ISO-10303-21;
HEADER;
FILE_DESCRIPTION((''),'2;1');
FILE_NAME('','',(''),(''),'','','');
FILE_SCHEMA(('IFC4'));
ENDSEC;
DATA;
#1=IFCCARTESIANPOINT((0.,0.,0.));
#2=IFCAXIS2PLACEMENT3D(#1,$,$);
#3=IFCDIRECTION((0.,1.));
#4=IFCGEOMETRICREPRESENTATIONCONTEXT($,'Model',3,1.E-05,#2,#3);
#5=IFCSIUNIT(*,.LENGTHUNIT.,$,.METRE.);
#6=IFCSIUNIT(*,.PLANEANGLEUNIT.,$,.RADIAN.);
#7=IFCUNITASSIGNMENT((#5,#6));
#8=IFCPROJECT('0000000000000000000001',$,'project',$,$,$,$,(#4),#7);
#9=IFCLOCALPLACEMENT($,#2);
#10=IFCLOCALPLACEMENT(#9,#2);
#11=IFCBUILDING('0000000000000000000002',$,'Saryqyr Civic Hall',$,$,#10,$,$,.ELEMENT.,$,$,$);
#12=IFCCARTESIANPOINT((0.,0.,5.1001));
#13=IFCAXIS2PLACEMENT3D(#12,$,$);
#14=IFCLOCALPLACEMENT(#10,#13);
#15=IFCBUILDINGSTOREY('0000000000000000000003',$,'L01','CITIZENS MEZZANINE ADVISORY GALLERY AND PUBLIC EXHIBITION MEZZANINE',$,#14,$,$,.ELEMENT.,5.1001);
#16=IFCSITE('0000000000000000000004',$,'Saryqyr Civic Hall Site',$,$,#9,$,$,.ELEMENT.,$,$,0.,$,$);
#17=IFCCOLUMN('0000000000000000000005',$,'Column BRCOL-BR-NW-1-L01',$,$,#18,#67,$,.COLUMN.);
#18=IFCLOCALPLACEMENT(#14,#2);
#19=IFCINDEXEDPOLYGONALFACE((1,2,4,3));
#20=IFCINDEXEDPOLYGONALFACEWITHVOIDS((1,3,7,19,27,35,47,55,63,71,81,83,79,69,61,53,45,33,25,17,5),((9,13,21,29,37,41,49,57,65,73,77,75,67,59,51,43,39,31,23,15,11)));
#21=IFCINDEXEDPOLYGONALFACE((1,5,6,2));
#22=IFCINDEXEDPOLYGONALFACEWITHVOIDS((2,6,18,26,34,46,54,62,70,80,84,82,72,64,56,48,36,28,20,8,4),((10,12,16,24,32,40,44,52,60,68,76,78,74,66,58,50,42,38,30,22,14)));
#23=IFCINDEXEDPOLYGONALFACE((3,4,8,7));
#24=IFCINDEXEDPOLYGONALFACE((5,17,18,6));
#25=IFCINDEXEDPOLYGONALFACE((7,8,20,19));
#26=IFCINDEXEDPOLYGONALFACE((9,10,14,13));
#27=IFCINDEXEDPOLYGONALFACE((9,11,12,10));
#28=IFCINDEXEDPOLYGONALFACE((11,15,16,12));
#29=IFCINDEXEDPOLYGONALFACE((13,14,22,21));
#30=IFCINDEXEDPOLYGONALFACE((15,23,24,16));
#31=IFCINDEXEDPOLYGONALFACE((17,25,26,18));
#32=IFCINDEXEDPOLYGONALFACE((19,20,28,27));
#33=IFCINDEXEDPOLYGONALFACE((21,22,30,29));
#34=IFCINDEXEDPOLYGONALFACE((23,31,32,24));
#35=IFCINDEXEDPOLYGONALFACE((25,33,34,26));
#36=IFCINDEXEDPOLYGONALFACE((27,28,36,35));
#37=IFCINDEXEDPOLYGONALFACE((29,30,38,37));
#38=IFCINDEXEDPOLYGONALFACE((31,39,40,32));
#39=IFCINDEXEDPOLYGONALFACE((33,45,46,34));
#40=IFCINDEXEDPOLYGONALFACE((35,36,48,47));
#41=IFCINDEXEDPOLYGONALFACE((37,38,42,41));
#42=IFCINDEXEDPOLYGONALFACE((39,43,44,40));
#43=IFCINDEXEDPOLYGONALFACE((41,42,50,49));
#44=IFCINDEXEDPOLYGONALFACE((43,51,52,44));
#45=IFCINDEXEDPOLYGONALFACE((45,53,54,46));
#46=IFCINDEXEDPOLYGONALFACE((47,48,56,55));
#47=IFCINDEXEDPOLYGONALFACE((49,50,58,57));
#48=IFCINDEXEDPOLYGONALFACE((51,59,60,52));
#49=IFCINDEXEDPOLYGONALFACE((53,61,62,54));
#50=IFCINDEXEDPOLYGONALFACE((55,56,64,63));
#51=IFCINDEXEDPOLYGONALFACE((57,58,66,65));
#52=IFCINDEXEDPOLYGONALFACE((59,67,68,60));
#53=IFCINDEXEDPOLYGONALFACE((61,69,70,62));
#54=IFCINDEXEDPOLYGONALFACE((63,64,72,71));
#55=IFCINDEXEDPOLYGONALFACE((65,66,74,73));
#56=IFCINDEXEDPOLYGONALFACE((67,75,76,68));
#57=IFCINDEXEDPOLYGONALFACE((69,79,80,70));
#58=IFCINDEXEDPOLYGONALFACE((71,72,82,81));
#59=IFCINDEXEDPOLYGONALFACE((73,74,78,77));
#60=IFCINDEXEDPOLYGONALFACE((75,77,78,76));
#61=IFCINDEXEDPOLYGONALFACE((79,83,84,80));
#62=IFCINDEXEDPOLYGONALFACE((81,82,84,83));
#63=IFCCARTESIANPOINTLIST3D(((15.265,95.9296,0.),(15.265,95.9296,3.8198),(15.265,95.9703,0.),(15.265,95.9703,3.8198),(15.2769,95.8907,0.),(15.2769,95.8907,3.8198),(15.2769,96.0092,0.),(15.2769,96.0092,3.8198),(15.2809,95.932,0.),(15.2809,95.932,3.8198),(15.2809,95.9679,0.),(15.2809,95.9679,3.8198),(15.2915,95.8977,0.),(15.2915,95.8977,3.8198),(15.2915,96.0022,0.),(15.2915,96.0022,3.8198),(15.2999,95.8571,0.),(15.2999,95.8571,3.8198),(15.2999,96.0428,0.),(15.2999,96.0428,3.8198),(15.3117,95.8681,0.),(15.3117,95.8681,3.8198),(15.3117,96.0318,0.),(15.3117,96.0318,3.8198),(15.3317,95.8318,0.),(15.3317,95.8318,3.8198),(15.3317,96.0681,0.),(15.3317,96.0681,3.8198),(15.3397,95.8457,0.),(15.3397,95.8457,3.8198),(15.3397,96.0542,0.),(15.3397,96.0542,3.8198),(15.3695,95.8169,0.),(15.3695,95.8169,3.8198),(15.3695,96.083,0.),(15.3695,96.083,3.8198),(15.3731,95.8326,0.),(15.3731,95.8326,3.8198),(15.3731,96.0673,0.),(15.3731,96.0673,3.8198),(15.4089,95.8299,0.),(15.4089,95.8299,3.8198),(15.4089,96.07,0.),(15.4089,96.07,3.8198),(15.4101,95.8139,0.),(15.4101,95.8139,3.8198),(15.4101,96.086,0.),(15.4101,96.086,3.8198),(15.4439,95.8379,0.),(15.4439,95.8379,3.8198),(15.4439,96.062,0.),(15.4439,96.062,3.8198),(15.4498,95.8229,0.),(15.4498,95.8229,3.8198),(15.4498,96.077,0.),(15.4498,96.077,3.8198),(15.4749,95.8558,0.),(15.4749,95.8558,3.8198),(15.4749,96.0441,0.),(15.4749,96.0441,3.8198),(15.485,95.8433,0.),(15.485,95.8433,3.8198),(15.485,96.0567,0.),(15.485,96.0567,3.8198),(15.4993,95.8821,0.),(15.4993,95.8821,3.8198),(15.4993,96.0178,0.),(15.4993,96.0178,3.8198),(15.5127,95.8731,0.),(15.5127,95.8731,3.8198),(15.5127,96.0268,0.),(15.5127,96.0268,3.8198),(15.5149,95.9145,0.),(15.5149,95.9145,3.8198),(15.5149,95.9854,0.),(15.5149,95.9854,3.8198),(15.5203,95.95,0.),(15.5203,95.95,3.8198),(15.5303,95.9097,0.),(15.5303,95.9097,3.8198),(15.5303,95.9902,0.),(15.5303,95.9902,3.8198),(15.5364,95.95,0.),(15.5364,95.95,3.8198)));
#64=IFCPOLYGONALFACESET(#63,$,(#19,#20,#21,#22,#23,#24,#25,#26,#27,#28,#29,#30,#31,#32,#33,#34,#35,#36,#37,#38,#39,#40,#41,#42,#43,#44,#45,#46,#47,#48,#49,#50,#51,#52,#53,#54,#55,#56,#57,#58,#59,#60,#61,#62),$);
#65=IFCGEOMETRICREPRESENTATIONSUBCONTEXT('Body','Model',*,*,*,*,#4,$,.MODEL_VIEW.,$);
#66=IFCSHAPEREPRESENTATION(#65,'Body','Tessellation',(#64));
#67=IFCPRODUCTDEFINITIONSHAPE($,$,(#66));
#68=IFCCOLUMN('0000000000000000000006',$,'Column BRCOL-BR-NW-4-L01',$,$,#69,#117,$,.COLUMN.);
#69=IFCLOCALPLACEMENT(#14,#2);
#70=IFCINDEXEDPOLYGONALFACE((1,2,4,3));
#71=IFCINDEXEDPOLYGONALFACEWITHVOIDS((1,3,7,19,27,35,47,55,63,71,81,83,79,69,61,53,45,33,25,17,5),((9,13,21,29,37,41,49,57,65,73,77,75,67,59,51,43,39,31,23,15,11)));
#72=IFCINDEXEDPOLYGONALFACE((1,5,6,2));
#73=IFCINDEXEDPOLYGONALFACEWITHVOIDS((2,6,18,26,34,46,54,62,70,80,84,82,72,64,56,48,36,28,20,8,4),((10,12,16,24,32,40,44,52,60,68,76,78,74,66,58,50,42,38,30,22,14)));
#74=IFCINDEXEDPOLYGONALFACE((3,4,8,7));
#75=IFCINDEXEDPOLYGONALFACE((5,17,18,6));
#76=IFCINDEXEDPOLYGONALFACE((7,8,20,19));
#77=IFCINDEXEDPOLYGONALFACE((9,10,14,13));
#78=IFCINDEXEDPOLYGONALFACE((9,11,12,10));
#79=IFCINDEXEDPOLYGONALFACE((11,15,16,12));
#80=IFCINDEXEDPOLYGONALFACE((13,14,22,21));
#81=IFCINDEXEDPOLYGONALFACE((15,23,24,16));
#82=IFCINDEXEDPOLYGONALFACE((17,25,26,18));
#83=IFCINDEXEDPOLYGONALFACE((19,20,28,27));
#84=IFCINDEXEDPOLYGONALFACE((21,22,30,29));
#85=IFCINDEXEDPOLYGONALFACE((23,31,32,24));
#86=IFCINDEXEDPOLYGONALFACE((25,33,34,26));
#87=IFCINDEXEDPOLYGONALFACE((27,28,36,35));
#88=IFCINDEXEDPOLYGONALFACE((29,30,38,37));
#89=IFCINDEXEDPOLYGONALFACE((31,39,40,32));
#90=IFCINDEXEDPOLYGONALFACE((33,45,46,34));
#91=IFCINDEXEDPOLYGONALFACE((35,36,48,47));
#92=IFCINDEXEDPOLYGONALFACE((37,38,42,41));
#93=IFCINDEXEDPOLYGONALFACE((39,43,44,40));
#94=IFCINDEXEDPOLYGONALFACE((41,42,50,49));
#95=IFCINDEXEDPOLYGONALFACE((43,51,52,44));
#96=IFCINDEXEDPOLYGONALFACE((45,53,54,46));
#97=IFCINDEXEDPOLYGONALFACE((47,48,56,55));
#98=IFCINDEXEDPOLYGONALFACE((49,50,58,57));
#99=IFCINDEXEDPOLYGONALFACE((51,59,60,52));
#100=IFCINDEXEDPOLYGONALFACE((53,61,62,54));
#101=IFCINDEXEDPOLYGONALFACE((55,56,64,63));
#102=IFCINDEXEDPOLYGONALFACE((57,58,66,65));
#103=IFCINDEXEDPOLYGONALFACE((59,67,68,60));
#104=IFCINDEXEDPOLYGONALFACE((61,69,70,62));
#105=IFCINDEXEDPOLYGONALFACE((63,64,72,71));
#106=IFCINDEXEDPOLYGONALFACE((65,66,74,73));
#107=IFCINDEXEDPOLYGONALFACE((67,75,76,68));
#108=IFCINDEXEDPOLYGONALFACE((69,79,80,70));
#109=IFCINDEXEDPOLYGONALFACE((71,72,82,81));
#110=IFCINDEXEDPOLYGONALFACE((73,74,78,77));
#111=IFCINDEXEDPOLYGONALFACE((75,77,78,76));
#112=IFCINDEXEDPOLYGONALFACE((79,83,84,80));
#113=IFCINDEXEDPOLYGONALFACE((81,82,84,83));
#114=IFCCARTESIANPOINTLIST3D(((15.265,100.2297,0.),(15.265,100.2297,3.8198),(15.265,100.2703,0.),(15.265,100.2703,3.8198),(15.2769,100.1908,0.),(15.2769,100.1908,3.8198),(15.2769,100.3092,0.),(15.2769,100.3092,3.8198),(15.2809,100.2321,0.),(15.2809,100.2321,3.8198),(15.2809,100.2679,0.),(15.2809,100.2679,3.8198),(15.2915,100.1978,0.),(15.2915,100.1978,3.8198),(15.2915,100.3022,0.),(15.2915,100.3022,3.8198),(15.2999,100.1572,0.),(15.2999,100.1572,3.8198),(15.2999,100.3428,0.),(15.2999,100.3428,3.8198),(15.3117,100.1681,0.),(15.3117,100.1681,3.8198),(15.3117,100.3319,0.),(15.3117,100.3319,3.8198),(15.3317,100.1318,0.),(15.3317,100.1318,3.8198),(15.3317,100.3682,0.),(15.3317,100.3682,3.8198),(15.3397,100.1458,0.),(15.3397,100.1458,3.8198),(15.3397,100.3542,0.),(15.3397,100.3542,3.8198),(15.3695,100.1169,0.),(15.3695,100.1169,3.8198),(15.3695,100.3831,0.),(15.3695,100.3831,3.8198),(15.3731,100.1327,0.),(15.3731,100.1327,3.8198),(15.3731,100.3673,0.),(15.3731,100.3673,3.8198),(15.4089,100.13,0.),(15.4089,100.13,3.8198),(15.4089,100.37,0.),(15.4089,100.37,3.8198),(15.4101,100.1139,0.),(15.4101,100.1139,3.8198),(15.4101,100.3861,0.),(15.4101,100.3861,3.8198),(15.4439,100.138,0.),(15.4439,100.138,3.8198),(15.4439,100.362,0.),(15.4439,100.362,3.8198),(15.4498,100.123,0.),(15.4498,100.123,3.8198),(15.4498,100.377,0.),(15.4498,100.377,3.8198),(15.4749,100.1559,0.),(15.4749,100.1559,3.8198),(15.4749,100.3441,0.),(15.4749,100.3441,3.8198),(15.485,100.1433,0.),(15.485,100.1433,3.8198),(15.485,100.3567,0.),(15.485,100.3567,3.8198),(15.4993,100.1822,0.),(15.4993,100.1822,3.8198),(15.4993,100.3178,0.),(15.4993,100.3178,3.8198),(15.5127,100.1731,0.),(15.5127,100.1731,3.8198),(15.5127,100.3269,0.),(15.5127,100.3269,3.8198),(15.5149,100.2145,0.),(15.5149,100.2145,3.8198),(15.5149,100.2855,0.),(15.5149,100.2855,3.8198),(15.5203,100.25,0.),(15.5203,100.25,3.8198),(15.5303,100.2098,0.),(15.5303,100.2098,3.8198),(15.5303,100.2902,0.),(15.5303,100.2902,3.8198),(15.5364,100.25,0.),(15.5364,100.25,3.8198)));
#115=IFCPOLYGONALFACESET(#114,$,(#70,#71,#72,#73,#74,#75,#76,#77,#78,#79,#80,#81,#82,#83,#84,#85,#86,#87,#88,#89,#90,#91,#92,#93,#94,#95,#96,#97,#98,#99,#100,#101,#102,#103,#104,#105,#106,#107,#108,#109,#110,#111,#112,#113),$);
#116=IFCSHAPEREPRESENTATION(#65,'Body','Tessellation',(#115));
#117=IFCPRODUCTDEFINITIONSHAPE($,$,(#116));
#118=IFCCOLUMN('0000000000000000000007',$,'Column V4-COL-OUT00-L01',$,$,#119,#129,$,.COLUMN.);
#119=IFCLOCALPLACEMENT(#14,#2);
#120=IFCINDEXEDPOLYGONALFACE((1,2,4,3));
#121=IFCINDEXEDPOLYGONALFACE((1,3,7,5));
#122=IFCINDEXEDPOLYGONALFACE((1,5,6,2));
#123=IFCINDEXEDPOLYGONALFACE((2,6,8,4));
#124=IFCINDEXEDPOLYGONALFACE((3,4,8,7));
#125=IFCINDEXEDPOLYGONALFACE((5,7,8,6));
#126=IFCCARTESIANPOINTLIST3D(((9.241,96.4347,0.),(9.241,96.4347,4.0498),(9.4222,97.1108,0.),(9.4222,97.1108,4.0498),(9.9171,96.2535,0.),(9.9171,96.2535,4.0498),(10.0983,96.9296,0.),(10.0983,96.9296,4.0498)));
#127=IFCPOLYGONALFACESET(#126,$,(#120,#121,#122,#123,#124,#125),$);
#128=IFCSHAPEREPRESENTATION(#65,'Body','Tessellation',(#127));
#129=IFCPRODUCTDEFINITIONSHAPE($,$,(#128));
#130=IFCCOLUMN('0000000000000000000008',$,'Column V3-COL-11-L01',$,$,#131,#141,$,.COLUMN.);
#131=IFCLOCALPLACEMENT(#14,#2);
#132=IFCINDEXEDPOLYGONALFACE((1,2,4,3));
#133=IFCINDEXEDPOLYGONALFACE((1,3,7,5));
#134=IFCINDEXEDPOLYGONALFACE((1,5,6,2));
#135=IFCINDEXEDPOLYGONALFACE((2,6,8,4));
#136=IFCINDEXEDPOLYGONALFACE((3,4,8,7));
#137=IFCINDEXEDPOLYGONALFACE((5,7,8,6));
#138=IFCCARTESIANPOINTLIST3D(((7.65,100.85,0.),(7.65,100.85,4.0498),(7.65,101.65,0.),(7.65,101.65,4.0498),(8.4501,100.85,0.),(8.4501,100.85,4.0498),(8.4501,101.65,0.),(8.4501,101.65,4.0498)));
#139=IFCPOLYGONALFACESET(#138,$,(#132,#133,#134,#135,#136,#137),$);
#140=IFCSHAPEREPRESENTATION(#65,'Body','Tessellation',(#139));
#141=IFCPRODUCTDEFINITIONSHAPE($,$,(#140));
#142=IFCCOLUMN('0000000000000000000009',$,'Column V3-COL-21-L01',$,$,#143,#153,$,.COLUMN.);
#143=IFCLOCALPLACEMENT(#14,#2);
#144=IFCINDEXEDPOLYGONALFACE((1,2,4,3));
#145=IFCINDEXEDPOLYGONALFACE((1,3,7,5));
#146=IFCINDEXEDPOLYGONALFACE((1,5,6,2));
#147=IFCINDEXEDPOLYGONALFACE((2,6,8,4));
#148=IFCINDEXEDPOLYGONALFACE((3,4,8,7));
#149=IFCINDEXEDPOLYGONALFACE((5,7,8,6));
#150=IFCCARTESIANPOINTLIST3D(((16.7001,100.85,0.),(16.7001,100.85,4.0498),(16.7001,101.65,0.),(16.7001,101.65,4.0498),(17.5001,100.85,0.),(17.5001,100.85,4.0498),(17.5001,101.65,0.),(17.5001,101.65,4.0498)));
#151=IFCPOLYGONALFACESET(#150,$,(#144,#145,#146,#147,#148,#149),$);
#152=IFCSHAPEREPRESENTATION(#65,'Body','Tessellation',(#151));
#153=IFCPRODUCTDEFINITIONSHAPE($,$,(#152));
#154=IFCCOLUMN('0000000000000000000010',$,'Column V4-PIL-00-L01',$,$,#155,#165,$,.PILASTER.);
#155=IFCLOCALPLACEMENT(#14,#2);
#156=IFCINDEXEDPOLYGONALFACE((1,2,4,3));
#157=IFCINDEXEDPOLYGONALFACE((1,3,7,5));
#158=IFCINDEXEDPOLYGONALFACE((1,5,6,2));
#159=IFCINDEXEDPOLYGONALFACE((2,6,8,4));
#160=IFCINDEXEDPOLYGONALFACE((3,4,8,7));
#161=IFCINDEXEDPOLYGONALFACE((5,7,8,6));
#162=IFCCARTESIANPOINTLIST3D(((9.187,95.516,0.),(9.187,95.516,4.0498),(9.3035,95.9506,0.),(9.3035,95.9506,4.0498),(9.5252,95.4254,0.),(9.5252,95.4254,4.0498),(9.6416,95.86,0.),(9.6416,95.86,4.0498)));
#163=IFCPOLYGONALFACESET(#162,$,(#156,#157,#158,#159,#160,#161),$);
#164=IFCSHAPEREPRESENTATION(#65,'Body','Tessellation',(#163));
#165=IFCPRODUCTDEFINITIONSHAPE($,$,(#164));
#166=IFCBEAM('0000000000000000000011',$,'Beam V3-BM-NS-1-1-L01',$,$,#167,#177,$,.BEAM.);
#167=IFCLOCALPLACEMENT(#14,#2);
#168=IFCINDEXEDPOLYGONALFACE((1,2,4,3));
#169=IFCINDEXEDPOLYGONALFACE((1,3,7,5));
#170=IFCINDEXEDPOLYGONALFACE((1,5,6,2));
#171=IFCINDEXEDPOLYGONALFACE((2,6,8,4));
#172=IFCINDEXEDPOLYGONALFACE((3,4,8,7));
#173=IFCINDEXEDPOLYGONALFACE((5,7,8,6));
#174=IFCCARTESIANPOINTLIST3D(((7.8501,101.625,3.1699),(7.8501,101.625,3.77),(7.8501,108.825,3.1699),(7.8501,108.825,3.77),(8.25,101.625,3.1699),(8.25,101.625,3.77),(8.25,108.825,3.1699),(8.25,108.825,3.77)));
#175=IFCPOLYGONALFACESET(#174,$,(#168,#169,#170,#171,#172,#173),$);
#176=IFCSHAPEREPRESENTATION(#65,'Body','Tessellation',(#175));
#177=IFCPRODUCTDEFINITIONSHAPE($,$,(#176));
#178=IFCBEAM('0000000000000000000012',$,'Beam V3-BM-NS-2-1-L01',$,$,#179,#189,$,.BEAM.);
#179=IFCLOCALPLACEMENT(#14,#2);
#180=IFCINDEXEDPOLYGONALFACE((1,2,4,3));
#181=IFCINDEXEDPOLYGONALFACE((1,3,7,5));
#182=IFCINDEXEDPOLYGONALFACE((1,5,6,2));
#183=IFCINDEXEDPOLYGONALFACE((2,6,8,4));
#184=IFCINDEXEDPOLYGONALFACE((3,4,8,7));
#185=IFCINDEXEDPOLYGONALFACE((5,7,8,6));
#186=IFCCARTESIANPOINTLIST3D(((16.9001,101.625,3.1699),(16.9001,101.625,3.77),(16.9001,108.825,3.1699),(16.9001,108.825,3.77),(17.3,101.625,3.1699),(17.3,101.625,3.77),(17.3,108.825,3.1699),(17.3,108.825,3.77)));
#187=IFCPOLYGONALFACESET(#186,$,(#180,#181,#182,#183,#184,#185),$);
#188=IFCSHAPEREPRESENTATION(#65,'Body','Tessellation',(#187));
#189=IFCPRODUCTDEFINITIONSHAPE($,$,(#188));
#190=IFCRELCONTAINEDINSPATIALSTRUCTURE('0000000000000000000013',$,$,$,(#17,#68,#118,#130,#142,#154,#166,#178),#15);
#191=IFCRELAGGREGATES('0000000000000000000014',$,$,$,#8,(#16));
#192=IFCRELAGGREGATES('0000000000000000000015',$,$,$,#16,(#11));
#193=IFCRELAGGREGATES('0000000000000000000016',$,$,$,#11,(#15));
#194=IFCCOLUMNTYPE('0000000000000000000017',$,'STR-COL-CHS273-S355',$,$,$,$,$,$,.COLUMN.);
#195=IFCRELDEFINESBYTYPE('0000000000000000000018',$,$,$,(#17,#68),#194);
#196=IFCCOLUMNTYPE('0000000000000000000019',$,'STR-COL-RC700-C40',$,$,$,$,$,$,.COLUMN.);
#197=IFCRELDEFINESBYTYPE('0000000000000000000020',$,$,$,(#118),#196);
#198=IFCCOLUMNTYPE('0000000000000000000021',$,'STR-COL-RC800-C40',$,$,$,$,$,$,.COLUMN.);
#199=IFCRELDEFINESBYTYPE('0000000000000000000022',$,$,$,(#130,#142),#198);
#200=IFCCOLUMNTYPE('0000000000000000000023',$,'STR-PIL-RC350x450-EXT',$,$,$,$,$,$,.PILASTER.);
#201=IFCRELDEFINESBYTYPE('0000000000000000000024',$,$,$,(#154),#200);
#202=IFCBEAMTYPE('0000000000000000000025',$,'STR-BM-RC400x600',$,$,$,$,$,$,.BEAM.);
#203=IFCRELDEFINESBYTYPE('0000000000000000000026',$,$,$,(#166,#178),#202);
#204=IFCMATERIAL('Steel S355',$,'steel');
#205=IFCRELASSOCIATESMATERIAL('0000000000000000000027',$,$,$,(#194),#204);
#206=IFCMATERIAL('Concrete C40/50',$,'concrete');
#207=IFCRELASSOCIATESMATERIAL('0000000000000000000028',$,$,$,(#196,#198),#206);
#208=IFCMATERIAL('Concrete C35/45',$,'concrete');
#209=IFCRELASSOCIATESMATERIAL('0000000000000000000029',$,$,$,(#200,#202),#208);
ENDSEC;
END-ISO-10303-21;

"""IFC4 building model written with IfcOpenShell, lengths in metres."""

from ifc_helpers import new_model, si_unit, direction, frame, origin, origin_2d, place, context, subcontext, project, spatial, rectangle, hollow_circle, extrude, material, material_profile, profile_set, type_object, element, save


model = new_model("IFC4")

# Units and contexts
model_context = context("Model", 3, precision=1e-05, world=origin(), true_north=direction((0.0, 1.0)))
body_context = subcontext(model_context, "Body", "Model", "MODEL_VIEW")
ifc_project = project(units=[si_unit("LENGTHUNIT", "METRE"), si_unit("PLANEANGLEUNIT", "RADIAN")], contexts=[model_context])

# Site, building, storey
site_placement = place(None, origin())
site = spatial("IfcSite", under=ifc_project, at=site_placement, Name="Saryqyr Civic Hall Site", CompositionType="ELEMENT", RefElevation=0.0)
building_placement = place(site_placement, origin())
building = spatial("IfcBuilding", under=site, at=building_placement, Name="Saryqyr Civic Hall", CompositionType="ELEMENT")
storey_placement = place(building_placement, frame((0.0, 0.0, 5.1001)))
storey = spatial("IfcBuildingStorey", under=building, at=storey_placement, Name="L01", Description="CITIZENS MEZZANINE ADVISORY GALLERY AND PUBLIC EXHIBITION MEZZANINE", CompositionType="ELEMENT", Elevation=5.1001)

# Columns
ifc_material_1 = material(Name="Steel S355", Category="steel")
ifc_material_profile_1 = material_profile(ifc_material_1, hollow_circle(Radius=0.1365, WallThickness=0.0161, at=origin_2d()), Name="CHS 273x16")
ifc_profile_set_1 = profile_set([ifc_material_profile_1], Name="Steel S355")
column_type_1 = type_object("IfcColumnType", Name="STR-COL-CHS273-S355", PredefinedType="COLUMN", material=ifc_profile_set_1)
for number, where, z_axis, x_axis, name in (
    (1, (15.3999, 95.95, 0.0), (0.0, 0.0, 1.0), (1.0, 0.0, 0.0), "Column BRCOL-BR-NW-1-L01"),
    (2, (15.3999, 100.25, 0.0), (0.0, 0.0, 1.0), (1.0, 0.0, 0.0), "Column BRCOL-BR-NW-4-L01"),
):
    element("IfcColumn", number, at=place(storey_placement, frame(where, z_axis=z_axis, x_axis=x_axis)), inside=storey, type_object=column_type_1, Name=name, PredefinedType="COLUMN", context=body_context, shape_type="SweptSolid", body=[
        extrude(hollow_circle(Radius=0.1365, WallThickness=0.0161, at=origin_2d()), origin(), (0.0, 0.0, 1.0), 3.8198),
    ])
ifc_material_2 = material(Name="Concrete C40/50", Category="concrete")
ifc_material_profile_2 = material_profile(ifc_material_2, rectangle(XDim=0.7, YDim=0.7, at=origin_2d()), Name="RC 700x700")
ifc_profile_set_2 = profile_set([ifc_material_profile_2], Name="Concrete C40/50")
column_type_2 = type_object("IfcColumnType", Name="STR-COL-RC700-C40", PredefinedType="COLUMN", material=ifc_profile_set_2)
column_1_placement = place(storey_placement, frame((9.6697, 96.6821, 0.0), z_axis=(0.0, 0.0, 1.0), x_axis=(-0.965926, 0.258819, 0.0)))
element("IfcColumn", 3, at=column_1_placement, inside=storey, type_object=column_type_2, Name="Column V4-COL-OUT00-L01", PredefinedType="COLUMN", context=body_context, shape_type="SweptSolid", body=[
    extrude(rectangle(XDim=0.7, YDim=0.7, at=origin_2d()), origin(), (0.0, 0.0, 1.0), 4.0498),
])
ifc_material_profile_3 = material_profile(ifc_material_2, rectangle(XDim=0.8, YDim=0.8, at=origin_2d()), Name="RC 800x800")
ifc_profile_set_3 = profile_set([ifc_material_profile_3], Name="Concrete C40/50")
column_type_3 = type_object("IfcColumnType", Name="STR-COL-RC800-C40", PredefinedType="COLUMN", material=ifc_profile_set_3)
for number, where, z_axis, x_axis, name in (
    (4, (8.05, 101.25, 0.0), (0.0, 0.0, 1.0), (1.0, 0.0, 0.0), "Column V3-COL-11-L01"),
    (5, (17.1001, 101.25, 0.0), (0.0, 0.0, 1.0), (1.0, 0.0, 0.0), "Column V3-COL-21-L01"),
):
    element("IfcColumn", number, at=place(storey_placement, frame(where, z_axis=z_axis, x_axis=x_axis)), inside=storey, type_object=column_type_3, Name=name, PredefinedType="COLUMN", context=body_context, shape_type="SweptSolid", body=[
        extrude(rectangle(XDim=0.8, YDim=0.8, at=origin_2d()), origin(), (0.0, 0.0, 1.0), 4.0498),
    ])
ifc_material_3 = material(Name="Concrete C35/45", Category="concrete")
ifc_material_profile_4 = material_profile(ifc_material_3, rectangle(XDim=0.3501, YDim=0.45, at=origin_2d()), Name="RC 350x450")
ifc_profile_set_4 = profile_set([ifc_material_profile_4], Name="Concrete C35/45")
column_type_4 = type_object("IfcColumnType", Name="STR-PIL-RC350x450-EXT", PredefinedType="PILASTER", material=ifc_profile_set_4)
column_2_placement = place(storey_placement, frame((9.4143, 95.688, 0.0), z_axis=(0.0, 0.0, 1.0), x_axis=(-0.965926, 0.258819, 0.0)))
element("IfcColumn", 6, at=column_2_placement, inside=storey, type_object=column_type_4, Name="Column V4-PIL-00-L01", PredefinedType="PILASTER", context=body_context, shape_type="SweptSolid", body=[
    extrude(rectangle(XDim=0.3501, YDim=0.45, at=origin_2d()), origin(), (0.0, 0.0, 1.0), 4.0498),
])

# Beams
ifc_material_profile_5 = material_profile(ifc_material_3, rectangle(XDim=0.3999, YDim=0.6001, at=origin_2d()), Name="RC 400x600")
ifc_profile_set_5 = profile_set([ifc_material_profile_5], Name="Concrete C35/45")
beam_type_1 = type_object("IfcBeamType", Name="STR-BM-RC400x600", PredefinedType="BEAM", material=ifc_profile_set_5)
for number, where, z_axis, x_axis, name in (
    (7, (8.05, 101.625, 3.47), (0.0, 1.0, 0.0), (-1.0, 0.0, 0.0), "Beam V3-BM-NS-1-1-L01"),
    (8, (17.1001, 101.625, 3.47), (0.0, 1.0, 0.0), (-1.0, 0.0, 0.0), "Beam V3-BM-NS-2-1-L01"),
):
    element("IfcBeam", number, at=place(storey_placement, frame(where, z_axis=z_axis, x_axis=x_axis)), inside=storey, type_object=beam_type_1, Name=name, PredefinedType="BEAM", context=body_context, shape_type="SweptSolid", body=[
        extrude(rectangle(XDim=0.3999, YDim=0.6001, at=origin_2d()), origin(), (0.0, 0.0, 1.0), 7.2),
    ])

save(model, "model.ifc")
